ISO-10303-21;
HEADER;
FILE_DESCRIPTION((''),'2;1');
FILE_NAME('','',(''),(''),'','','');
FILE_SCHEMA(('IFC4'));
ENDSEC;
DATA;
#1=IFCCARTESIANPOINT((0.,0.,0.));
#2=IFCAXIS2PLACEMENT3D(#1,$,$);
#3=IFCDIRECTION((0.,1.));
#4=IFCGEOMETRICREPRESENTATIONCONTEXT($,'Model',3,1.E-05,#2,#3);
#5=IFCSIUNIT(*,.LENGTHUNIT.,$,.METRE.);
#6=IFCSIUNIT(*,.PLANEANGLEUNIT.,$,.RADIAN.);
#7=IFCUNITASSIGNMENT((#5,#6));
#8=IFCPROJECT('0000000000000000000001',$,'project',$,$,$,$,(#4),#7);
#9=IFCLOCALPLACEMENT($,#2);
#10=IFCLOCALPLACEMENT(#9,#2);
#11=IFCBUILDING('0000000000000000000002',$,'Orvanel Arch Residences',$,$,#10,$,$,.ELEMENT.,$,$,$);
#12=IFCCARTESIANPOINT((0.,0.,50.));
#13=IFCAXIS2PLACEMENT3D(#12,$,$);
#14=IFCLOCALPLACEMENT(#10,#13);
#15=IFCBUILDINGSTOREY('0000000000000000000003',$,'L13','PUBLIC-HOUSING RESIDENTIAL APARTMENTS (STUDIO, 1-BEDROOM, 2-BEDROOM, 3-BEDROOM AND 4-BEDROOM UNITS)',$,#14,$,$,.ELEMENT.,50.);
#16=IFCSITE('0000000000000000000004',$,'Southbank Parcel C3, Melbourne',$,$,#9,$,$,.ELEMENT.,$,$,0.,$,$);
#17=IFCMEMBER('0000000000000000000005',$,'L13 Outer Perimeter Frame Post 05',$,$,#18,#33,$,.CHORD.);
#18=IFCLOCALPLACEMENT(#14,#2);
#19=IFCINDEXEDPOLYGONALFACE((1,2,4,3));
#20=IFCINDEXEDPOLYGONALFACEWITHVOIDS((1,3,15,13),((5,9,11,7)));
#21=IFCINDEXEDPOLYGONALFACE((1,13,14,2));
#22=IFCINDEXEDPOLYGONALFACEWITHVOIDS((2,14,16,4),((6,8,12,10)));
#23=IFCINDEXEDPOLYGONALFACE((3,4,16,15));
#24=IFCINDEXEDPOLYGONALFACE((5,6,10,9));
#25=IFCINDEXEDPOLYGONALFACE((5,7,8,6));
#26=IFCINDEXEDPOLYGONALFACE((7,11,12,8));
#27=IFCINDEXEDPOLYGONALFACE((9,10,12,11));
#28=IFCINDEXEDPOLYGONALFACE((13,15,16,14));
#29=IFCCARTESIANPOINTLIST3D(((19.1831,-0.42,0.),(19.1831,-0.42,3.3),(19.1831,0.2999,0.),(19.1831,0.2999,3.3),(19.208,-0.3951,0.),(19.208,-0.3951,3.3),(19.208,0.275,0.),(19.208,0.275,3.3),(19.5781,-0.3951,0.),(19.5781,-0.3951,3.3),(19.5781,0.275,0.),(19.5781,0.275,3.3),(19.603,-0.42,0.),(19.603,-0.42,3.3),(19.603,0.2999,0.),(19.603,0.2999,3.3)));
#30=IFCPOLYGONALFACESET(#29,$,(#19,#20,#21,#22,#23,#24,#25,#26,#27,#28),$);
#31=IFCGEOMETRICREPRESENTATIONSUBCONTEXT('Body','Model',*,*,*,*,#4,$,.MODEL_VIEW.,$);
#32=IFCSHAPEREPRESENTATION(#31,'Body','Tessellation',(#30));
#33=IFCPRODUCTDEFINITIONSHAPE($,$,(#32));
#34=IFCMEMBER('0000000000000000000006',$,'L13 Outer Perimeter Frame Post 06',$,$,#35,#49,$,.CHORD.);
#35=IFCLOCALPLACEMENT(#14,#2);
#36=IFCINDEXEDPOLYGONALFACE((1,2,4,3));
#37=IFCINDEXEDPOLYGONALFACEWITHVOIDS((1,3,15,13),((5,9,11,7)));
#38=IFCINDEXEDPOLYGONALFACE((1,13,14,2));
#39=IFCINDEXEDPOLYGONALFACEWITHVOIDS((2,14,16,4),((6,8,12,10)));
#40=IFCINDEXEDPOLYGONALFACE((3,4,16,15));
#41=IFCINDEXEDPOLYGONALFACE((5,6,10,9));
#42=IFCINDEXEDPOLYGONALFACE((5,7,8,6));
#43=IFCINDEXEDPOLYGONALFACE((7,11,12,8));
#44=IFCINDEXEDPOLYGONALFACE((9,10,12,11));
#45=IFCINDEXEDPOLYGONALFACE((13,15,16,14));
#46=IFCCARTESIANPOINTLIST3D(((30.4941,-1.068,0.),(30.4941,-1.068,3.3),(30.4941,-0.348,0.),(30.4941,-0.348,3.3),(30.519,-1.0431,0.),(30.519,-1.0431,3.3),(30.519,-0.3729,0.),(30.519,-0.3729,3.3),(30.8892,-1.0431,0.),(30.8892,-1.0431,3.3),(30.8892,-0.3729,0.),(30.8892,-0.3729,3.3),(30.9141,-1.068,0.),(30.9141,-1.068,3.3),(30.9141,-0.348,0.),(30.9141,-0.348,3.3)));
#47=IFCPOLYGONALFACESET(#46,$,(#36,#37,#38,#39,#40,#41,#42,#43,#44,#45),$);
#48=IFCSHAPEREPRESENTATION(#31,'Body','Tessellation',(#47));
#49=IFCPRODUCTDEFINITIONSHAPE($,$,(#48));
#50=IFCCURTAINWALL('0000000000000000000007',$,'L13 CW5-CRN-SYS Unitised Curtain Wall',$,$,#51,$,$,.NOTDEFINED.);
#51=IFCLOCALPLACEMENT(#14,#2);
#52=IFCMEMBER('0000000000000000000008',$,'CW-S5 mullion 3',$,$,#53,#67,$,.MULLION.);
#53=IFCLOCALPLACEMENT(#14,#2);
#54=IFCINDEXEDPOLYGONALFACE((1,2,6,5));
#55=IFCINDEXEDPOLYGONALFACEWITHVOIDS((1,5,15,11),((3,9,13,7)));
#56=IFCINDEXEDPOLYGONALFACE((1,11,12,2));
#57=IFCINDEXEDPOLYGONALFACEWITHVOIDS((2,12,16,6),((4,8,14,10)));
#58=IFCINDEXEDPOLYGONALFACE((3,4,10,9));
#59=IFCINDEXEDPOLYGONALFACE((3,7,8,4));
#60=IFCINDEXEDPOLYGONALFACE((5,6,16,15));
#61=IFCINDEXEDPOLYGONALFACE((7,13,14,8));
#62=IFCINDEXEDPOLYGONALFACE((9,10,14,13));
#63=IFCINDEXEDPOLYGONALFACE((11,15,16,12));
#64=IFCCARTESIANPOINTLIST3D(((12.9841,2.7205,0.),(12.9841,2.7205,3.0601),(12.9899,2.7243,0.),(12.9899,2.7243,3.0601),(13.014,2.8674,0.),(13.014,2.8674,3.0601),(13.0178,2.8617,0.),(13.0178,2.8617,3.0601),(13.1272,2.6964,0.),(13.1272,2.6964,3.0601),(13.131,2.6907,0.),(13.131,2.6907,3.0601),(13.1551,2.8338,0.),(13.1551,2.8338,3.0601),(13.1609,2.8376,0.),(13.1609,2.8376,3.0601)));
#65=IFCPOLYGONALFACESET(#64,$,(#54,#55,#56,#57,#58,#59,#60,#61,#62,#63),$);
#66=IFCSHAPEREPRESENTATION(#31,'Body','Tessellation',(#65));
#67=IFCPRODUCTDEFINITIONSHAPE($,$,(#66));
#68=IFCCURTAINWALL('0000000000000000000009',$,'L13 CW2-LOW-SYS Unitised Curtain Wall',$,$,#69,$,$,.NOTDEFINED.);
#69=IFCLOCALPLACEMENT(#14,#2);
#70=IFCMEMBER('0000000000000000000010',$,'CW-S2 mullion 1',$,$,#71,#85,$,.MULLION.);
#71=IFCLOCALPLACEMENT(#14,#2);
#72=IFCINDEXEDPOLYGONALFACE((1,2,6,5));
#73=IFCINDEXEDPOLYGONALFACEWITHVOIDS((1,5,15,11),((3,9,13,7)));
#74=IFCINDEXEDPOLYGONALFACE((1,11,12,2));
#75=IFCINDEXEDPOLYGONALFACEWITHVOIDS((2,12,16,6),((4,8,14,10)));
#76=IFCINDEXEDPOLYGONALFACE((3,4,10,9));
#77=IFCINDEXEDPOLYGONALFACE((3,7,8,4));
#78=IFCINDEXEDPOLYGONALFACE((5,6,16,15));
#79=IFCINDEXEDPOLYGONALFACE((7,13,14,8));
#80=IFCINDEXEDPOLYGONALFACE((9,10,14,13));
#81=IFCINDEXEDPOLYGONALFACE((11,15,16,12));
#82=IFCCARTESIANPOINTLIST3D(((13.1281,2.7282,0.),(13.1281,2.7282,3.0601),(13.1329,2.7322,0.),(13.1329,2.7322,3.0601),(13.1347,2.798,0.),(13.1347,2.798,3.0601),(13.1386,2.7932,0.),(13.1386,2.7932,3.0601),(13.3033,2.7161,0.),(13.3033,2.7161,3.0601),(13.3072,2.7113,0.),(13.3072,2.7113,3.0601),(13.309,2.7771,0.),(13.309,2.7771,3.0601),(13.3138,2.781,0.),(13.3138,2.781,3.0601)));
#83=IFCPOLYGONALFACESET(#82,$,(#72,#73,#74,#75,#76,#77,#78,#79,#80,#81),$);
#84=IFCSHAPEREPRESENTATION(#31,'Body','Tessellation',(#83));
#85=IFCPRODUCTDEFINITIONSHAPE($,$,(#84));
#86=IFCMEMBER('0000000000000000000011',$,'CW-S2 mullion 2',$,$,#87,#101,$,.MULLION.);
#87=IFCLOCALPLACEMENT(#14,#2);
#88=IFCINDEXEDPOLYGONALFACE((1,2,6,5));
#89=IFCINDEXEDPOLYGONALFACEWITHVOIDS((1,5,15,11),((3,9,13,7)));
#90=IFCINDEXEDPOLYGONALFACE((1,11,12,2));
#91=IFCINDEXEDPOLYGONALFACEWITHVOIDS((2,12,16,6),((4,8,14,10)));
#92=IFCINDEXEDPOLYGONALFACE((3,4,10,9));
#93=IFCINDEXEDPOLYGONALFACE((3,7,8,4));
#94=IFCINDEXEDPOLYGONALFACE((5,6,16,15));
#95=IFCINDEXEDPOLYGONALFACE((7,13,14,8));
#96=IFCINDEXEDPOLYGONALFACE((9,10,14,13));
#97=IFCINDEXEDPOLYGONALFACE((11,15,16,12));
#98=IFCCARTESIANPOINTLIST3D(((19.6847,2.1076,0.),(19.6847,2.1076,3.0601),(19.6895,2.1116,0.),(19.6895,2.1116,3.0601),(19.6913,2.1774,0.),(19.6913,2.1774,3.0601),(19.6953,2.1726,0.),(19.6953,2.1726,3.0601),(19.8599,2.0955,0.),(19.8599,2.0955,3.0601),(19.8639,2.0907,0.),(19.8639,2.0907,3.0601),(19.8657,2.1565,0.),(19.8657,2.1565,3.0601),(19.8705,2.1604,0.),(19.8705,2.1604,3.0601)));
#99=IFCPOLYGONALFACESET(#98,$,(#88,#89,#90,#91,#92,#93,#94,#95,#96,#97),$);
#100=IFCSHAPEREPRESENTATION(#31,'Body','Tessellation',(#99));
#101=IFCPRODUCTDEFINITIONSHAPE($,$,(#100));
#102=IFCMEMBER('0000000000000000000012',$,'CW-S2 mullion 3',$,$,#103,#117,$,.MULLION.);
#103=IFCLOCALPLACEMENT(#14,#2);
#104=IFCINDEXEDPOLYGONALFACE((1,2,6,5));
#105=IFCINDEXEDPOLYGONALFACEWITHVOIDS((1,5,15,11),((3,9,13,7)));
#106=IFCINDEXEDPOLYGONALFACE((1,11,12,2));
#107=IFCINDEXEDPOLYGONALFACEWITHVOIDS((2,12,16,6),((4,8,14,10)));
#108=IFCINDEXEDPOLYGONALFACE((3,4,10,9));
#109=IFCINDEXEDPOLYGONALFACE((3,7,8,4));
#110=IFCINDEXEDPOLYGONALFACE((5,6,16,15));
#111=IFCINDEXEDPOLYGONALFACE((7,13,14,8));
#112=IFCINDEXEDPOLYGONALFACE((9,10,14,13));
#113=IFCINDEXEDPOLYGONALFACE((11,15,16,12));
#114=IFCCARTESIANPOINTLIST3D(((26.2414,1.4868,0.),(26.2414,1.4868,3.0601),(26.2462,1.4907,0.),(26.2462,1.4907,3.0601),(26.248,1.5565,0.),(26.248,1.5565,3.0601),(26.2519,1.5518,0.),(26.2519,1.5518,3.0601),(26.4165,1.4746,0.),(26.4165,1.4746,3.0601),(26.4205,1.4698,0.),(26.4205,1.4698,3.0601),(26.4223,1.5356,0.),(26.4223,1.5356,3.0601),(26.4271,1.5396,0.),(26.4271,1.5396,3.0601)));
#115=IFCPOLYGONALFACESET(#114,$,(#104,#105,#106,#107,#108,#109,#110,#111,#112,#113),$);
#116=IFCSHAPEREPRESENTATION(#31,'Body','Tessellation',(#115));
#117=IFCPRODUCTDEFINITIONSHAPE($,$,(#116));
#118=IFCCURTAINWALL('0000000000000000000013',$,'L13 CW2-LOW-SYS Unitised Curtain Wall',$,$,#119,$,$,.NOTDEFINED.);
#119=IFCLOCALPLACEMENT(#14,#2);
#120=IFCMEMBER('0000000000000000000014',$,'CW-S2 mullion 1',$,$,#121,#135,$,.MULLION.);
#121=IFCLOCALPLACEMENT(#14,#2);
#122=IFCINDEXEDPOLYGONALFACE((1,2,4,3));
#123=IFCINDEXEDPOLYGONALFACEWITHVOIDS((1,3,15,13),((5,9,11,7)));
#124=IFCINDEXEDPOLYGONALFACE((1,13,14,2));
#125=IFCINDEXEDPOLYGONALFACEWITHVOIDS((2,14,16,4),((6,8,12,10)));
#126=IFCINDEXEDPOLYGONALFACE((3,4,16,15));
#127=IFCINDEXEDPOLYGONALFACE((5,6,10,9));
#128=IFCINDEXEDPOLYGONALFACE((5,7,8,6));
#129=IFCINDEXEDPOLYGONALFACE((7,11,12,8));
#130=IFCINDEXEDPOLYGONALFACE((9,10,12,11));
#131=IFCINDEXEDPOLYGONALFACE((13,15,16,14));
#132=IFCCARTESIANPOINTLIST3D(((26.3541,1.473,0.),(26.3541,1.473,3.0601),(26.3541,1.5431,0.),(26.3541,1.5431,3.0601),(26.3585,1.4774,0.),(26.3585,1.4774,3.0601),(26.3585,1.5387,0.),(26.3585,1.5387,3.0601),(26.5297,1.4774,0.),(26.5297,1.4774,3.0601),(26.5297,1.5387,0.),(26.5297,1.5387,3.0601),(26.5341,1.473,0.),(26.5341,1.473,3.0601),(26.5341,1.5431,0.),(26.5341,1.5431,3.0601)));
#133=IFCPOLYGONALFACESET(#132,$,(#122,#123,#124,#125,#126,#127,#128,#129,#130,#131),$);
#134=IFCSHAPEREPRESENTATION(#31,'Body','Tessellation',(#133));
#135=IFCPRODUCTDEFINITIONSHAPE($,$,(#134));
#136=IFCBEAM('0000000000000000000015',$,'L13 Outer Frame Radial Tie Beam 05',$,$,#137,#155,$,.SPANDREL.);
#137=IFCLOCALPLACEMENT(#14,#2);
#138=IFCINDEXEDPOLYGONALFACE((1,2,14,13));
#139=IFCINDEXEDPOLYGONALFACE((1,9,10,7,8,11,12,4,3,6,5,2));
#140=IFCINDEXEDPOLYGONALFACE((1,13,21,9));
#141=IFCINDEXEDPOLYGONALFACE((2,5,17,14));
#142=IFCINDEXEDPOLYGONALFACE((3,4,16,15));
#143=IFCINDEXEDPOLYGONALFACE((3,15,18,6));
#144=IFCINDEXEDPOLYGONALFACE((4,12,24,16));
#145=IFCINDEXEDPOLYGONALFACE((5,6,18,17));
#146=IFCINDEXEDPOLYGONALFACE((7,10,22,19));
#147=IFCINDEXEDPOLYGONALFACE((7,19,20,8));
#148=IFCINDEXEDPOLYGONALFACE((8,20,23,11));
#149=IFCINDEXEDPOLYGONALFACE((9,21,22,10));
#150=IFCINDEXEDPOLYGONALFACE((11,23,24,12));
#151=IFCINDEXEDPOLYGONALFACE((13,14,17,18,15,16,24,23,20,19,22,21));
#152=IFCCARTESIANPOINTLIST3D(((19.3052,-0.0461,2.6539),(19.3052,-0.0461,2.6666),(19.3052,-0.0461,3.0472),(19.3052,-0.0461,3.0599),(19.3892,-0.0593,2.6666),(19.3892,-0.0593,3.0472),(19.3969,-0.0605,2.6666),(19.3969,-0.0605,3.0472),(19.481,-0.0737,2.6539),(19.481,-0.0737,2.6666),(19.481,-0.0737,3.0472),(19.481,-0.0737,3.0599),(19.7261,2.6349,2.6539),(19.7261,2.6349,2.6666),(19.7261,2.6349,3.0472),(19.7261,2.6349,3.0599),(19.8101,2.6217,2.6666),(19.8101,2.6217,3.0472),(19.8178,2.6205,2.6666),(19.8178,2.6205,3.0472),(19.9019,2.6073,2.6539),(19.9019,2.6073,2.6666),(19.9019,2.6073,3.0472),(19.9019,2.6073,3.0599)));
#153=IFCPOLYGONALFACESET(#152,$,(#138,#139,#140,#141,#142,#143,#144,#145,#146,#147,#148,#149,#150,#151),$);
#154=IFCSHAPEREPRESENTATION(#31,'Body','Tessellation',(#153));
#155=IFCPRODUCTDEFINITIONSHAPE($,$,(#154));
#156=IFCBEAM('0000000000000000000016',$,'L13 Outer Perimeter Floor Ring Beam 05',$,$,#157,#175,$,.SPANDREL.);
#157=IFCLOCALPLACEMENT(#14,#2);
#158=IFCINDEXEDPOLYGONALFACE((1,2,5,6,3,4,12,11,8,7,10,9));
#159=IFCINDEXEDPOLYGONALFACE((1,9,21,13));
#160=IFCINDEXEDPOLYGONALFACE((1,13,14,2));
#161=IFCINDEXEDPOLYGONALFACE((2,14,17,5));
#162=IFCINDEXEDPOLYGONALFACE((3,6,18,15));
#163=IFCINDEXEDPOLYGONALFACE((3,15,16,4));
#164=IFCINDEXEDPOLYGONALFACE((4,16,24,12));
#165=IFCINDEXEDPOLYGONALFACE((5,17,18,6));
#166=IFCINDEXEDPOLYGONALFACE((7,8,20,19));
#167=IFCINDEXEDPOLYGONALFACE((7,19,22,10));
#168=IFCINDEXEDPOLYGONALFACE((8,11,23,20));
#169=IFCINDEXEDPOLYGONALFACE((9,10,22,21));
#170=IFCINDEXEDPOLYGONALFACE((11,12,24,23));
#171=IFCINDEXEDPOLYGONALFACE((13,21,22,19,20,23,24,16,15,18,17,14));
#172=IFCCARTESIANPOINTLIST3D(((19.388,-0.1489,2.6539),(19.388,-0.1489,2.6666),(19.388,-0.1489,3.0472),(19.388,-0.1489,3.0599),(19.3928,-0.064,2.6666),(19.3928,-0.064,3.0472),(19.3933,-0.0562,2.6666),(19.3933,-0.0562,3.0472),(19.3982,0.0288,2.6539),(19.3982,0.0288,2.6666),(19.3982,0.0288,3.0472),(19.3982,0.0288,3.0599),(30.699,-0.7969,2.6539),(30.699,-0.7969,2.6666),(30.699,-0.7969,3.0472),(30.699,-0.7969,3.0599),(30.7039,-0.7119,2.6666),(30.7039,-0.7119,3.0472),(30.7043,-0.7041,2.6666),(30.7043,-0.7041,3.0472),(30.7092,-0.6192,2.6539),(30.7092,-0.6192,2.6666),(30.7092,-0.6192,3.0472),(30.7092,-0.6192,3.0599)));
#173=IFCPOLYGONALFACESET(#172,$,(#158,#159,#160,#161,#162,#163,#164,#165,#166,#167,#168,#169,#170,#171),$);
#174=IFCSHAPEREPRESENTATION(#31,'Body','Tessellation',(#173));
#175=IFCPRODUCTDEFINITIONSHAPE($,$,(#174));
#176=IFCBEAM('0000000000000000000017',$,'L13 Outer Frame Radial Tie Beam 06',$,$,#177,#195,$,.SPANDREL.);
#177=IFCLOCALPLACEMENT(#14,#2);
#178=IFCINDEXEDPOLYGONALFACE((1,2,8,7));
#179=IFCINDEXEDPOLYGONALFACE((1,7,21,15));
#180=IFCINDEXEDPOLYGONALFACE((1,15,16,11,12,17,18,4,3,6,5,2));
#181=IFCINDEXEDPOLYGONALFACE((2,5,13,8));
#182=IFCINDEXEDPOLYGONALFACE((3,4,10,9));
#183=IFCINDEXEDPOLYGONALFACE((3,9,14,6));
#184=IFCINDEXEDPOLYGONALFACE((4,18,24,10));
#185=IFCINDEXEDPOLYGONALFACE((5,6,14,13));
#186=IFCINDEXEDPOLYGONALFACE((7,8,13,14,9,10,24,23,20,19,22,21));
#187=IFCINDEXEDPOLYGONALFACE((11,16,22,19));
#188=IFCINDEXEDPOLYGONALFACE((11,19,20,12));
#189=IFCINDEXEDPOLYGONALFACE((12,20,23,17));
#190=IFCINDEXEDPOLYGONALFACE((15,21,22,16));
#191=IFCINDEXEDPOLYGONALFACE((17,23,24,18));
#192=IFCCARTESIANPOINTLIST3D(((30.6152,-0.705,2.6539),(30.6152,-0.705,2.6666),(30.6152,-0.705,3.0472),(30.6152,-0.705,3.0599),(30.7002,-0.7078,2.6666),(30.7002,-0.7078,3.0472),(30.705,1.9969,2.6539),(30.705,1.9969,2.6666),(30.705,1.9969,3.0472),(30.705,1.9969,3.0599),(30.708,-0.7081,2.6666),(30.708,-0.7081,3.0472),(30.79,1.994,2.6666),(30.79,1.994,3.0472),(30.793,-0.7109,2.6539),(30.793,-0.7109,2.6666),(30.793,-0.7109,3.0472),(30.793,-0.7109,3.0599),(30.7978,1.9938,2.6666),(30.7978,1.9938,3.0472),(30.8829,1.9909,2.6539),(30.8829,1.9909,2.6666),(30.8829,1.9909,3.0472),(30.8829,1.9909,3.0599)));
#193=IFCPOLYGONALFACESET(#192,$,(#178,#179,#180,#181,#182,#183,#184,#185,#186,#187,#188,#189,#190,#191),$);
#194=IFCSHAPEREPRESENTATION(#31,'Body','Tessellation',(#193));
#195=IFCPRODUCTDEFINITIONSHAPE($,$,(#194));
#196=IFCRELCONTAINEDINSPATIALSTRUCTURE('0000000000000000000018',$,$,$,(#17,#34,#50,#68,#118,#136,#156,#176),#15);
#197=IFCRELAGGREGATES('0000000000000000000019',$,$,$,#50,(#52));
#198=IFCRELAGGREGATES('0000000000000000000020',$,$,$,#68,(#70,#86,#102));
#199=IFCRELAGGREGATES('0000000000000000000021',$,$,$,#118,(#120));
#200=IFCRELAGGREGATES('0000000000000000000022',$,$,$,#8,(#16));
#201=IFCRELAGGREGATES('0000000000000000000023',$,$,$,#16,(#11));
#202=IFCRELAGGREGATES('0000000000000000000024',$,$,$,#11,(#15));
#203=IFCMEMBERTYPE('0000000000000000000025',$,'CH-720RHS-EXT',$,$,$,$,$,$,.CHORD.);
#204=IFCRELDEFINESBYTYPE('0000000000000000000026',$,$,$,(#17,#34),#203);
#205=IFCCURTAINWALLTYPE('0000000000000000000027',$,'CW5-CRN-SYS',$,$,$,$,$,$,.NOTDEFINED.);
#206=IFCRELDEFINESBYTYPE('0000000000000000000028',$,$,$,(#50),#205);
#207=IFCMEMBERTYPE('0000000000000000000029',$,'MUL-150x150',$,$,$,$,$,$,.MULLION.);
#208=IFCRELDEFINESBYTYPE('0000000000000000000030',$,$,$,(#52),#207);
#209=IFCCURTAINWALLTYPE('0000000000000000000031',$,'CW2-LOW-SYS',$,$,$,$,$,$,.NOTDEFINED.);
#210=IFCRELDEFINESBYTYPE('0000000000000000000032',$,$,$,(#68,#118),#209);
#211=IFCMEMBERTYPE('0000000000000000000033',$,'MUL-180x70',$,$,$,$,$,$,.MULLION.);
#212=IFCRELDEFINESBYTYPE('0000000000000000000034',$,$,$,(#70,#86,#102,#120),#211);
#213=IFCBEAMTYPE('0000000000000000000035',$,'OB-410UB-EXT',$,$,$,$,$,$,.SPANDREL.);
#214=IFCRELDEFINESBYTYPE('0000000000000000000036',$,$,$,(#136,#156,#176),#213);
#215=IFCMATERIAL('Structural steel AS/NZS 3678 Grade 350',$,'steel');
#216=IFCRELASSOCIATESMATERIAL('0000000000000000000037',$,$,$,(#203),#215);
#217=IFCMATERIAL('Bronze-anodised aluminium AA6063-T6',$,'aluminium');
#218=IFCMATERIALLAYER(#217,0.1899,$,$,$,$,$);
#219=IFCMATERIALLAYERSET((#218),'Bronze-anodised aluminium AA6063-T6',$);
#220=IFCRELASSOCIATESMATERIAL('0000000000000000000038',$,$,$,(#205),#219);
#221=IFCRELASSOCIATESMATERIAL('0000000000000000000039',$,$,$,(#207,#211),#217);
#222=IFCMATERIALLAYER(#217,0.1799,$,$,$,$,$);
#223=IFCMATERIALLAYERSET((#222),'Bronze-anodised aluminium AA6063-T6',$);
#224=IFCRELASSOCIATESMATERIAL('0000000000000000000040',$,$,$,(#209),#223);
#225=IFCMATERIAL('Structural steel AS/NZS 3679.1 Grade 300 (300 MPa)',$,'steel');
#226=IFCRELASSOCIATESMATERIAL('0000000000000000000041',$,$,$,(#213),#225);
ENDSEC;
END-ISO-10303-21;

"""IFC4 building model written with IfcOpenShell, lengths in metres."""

from ifc_helpers import new_model, si_unit, direction, frame, origin, origin_2d, place, context, subcontext, project, spatial, hollow_rectangle, i_section, extrude, material, layer, layer_set, material_profile, profile_set, type_object, element, aggregate, save


model = new_model("IFC4")

# Units and contexts
model_context = context("Model", 3, precision=1e-05, world=origin(), true_north=direction((0.0, 1.0)))
body_context = subcontext(model_context, "Body", "Model", "MODEL_VIEW")
ifc_project = project(units=[si_unit("LENGTHUNIT", "METRE"), si_unit("PLANEANGLEUNIT", "RADIAN")], contexts=[model_context])

# Site, building, storey
site_placement = place(None, origin())
site = spatial("IfcSite", under=ifc_project, at=site_placement, Name="Southbank Parcel C3, Melbourne", CompositionType="ELEMENT", RefElevation=0.0)
building_placement = place(site_placement, origin())
building = spatial("IfcBuilding", under=site, at=building_placement, Name="Orvanel Arch Residences", CompositionType="ELEMENT")
storey_placement = place(building_placement, frame((0.0, 0.0, 50.0)))
storey = spatial("IfcBuildingStorey", under=building, at=storey_placement, Name="L13", Description="PUBLIC-HOUSING RESIDENTIAL APARTMENTS (STUDIO, 1-BEDROOM, 2-BEDROOM, 3-BEDROOM AND 4-BEDROOM UNITS)", CompositionType="ELEMENT", Elevation=50.0)

# Members
ifc_material_1 = material(Name="Structural steel AS/NZS 3678 Grade 350", Category="steel")
ifc_material_profile_1 = material_profile(ifc_material_1, hollow_rectangle(XDim=0.4199, YDim=0.72, WallThickness=0.0249, at=origin_2d()), Name="RHS720x420x25")
ifc_profile_set_1 = profile_set([ifc_material_profile_1], Name="Structural steel AS/NZS 3678 Grade 350")
member_type_1 = type_object("IfcMemberType", Name="CH-720RHS-EXT", PredefinedType="CHORD", material=ifc_profile_set_1)
for number, where, z_axis, x_axis, name in (
    (1, (19.3931, -0.0601, 0.0), (0.0, 0.0, 1.0), (1.0, 0.0, 0.0), "L13 Outer Perimeter Frame Post 05"),
    (2, (30.7041, -0.708, 0.0), (0.0, 0.0, 1.0), (1.0, 0.0, 0.0), "L13 Outer Perimeter Frame Post 06"),
):
    element("IfcMember", number, at=place(storey_placement, frame(where, z_axis=z_axis, x_axis=x_axis)), inside=storey, type_object=member_type_1, Name=name, PredefinedType="CHORD", context=body_context, shape_type="SweptSolid", body=[
        extrude(hollow_rectangle(XDim=0.4199, YDim=0.72, WallThickness=0.0249, at=origin_2d()), origin(), (0.0, 0.0, 1.0), 3.3),
    ])

# Curtain wall, member
ifc_material_2 = material(Name="Bronze-anodised aluminium AA6063-T6", Category="aluminium")
ifc_layer_1 = layer(ifc_material_2, 0.1899)
ifc_layer_set_1 = layer_set([ifc_layer_1], Name="Bronze-anodised aluminium AA6063-T6")
curtain_wall_type_1 = type_object("IfcCurtainWallType", Name="CW5-CRN-SYS", PredefinedType="NOTDEFINED", material=ifc_layer_set_1)
curtain_wall_1_placement = place(storey_placement, origin())
curtain_wall_1 = element("IfcCurtainWall", 3, at=curtain_wall_1_placement, inside=storey, type_object=curtain_wall_type_1, Name="L13 CW5-CRN-SYS Unitised Curtain Wall", PredefinedType="NOTDEFINED")
ifc_material_profile_2 = material_profile(ifc_material_2, hollow_rectangle(XDim=0.1499, YDim=0.1499, WallThickness=0.0049, at=origin_2d()), Name="ALU150x150x5")
ifc_profile_set_2 = profile_set([ifc_material_profile_2], Name="Bronze-anodised aluminium AA6063-T6")
member_type_2 = type_object("IfcMemberType", Name="MUL-150x150", PredefinedType="MULLION", material=ifc_profile_set_2)
member_1_placement = place(storey_placement, frame((13.0725, 2.7791, 0.0), z_axis=(0.0, 0.0, 1.0), x_axis=(0.199179, 0.979963, 0.0)))
member_1 = element("IfcMember", 4, at=member_1_placement, type_object=member_type_2, Name="CW-S5 mullion 3", PredefinedType="MULLION", context=body_context, shape_type="SweptSolid", body=[
    extrude(hollow_rectangle(XDim=0.1499, YDim=0.1499, WallThickness=0.0049, at=origin_2d()), origin(), (0.0, 0.0, 1.0), 3.0601),
])
aggregate(curtain_wall_1, [member_1])

# Curtain wall, members
ifc_layer_2 = layer(ifc_material_2, 0.1799)
ifc_layer_set_2 = layer_set([ifc_layer_2], Name="Bronze-anodised aluminium AA6063-T6")
curtain_wall_type_2 = type_object("IfcCurtainWallType", Name="CW2-LOW-SYS", PredefinedType="NOTDEFINED", material=ifc_layer_set_2)
curtain_wall_2_placement = place(storey_placement, origin())
curtain_wall_2 = element("IfcCurtainWall", 5, at=curtain_wall_2_placement, inside=storey, type_object=curtain_wall_type_2, Name="L13 CW2-LOW-SYS Unitised Curtain Wall", PredefinedType="NOTDEFINED")
ifc_material_profile_3 = material_profile(ifc_material_2, hollow_rectangle(XDim=0.0701, YDim=0.1799, WallThickness=0.0044, at=origin_2d()), Name="ALU180x70x4.5")
ifc_profile_set_3 = profile_set([ifc_material_profile_3], Name="Bronze-anodised aluminium AA6063-T6")
member_type_3 = type_object("IfcMemberType", Name="MUL-180x70", PredefinedType="MULLION", material=ifc_profile_set_3)
member_2_placement = place(storey_placement, frame((13.2209, 2.7546, 0.0), z_axis=(0.0, 0.0, 1.0), x_axis=(0.094246, 0.995549, 0.0)))
member_2 = element("IfcMember", 6, at=member_2_placement, type_object=member_type_3, Name="CW-S2 mullion 1", PredefinedType="MULLION", context=body_context, shape_type="SweptSolid", body=[
    extrude(hollow_rectangle(XDim=0.0701, YDim=0.1799, WallThickness=0.0044, at=origin_2d()), origin(), (0.0, 0.0, 1.0), 3.0601),
])
member_3_placement = place(storey_placement, frame((19.7776, 2.134, 0.0), z_axis=(0.0, 0.0, 1.0), x_axis=(0.094246, 0.995549, 0.0)))
member_3 = element("IfcMember", 7, at=member_3_placement, type_object=member_type_3, Name="CW-S2 mullion 2", PredefinedType="MULLION", context=body_context, shape_type="SweptSolid", body=[
    extrude(hollow_rectangle(XDim=0.0701, YDim=0.1799, WallThickness=0.0044, at=origin_2d()), origin(), (0.0, 0.0, 1.0), 3.0601),
])
member_4_placement = place(storey_placement, frame((26.3342, 1.5132, 0.0), z_axis=(0.0, 0.0, 1.0), x_axis=(0.094246, 0.995549, 0.0)))
member_4 = element("IfcMember", 8, at=member_4_placement, type_object=member_type_3, Name="CW-S2 mullion 3", PredefinedType="MULLION", context=body_context, shape_type="SweptSolid", body=[
    extrude(hollow_rectangle(XDim=0.0701, YDim=0.1799, WallThickness=0.0044, at=origin_2d()), origin(), (0.0, 0.0, 1.0), 3.0601),
])

# Curtain wall, member
curtain_wall_3_placement = place(storey_placement, origin())
curtain_wall_3 = element("IfcCurtainWall", 9, at=curtain_wall_3_placement, inside=storey, type_object=curtain_wall_type_2, Name="L13 CW2-LOW-SYS Unitised Curtain Wall", PredefinedType="NOTDEFINED")
member_5_placement = place(storey_placement, frame((26.4441, 1.5081, 0.0), z_axis=(0.0, 0.0, 1.0), x_axis=(0.0, 1.0, 0.0)))
member_5 = element("IfcMember", 10, at=member_5_placement, type_object=member_type_3, Name="CW-S2 mullion 1", PredefinedType="MULLION", context=body_context, shape_type="SweptSolid", body=[
    extrude(hollow_rectangle(XDim=0.0701, YDim=0.1799, WallThickness=0.0044, at=origin_2d()), origin(), (0.0, 0.0, 1.0), 3.0601),
])

# Beams
ifc_material_3 = material(Name="Structural steel AS/NZS 3679.1 Grade 300 (300 MPa)", Category="steel")
ifc_material_profile_4 = material_profile(ifc_material_3, i_section(OverallWidth=0.178, OverallDepth=0.406, WebThickness=0.0078, FlangeThickness=0.0127, at=origin_2d()), Name="410UB59.7")
ifc_profile_set_4 = profile_set([ifc_material_profile_4], Name="Structural steel AS/NZS 3679.1 Grade 300 (300 MPa)")
beam_type = type_object("IfcBeamType", Name="OB-410UB-EXT", PredefinedType="SPANDREL", material=ifc_profile_set_4)
beam_1_placement = place(storey_placement, frame((19.814, 2.6211, 2.8569), z_axis=(-0.155085, -0.987901, 0.0), x_axis=(0.987901, -0.155085, 0.0)))
element("IfcBeam", 11, at=beam_1_placement, inside=storey, type_object=beam_type, Name="L13 Outer Frame Radial Tie Beam 05", PredefinedType="SPANDREL", context=body_context, shape_type="SweptSolid", body=[
    extrude(i_section(OverallWidth=0.178, OverallDepth=0.406, WebThickness=0.0078, FlangeThickness=0.0127, at=origin_2d()), origin(), (0.0, 0.0, 1.0), 2.7139),
])
beam_2_placement = place(storey_placement, frame((19.3931, -0.0601, 2.8569), z_axis=(0.998363, -0.057191, 0.0), x_axis=(0.057191, 0.998363, 0.0)))
element("IfcBeam", 12, at=beam_2_placement, inside=storey, type_object=beam_type, Name="L13 Outer Perimeter Floor Ring Beam 05", PredefinedType="SPANDREL", context=body_context, shape_type="SweptSolid", body=[
    extrude(i_section(OverallWidth=0.178, OverallDepth=0.406, WebThickness=0.0078, FlangeThickness=0.0127, at=origin_2d()), origin(), (0.0, 0.0, 1.0), 11.3296),
])
beam_3_placement = place(storey_placement, frame((30.7939, 1.9939, 2.8569), z_axis=(-0.033234, -0.999448, 0.0), x_axis=(0.999448, -0.033234, 0.0)))
element("IfcBeam", 13, at=beam_3_placement, inside=storey, type_object=beam_type, Name="L13 Outer Frame Radial Tie Beam 06", PredefinedType="SPANDREL", context=body_context, shape_type="SweptSolid", body=[
    extrude(i_section(OverallWidth=0.178, OverallDepth=0.406, WebThickness=0.0078, FlangeThickness=0.0127, at=origin_2d()), origin(), (0.0, 0.0, 1.0), 2.7034),
])

aggregate(curtain_wall_2, [member_2, member_3, member_4])
aggregate(curtain_wall_3, [member_5])

save(model, "model.ifc")
